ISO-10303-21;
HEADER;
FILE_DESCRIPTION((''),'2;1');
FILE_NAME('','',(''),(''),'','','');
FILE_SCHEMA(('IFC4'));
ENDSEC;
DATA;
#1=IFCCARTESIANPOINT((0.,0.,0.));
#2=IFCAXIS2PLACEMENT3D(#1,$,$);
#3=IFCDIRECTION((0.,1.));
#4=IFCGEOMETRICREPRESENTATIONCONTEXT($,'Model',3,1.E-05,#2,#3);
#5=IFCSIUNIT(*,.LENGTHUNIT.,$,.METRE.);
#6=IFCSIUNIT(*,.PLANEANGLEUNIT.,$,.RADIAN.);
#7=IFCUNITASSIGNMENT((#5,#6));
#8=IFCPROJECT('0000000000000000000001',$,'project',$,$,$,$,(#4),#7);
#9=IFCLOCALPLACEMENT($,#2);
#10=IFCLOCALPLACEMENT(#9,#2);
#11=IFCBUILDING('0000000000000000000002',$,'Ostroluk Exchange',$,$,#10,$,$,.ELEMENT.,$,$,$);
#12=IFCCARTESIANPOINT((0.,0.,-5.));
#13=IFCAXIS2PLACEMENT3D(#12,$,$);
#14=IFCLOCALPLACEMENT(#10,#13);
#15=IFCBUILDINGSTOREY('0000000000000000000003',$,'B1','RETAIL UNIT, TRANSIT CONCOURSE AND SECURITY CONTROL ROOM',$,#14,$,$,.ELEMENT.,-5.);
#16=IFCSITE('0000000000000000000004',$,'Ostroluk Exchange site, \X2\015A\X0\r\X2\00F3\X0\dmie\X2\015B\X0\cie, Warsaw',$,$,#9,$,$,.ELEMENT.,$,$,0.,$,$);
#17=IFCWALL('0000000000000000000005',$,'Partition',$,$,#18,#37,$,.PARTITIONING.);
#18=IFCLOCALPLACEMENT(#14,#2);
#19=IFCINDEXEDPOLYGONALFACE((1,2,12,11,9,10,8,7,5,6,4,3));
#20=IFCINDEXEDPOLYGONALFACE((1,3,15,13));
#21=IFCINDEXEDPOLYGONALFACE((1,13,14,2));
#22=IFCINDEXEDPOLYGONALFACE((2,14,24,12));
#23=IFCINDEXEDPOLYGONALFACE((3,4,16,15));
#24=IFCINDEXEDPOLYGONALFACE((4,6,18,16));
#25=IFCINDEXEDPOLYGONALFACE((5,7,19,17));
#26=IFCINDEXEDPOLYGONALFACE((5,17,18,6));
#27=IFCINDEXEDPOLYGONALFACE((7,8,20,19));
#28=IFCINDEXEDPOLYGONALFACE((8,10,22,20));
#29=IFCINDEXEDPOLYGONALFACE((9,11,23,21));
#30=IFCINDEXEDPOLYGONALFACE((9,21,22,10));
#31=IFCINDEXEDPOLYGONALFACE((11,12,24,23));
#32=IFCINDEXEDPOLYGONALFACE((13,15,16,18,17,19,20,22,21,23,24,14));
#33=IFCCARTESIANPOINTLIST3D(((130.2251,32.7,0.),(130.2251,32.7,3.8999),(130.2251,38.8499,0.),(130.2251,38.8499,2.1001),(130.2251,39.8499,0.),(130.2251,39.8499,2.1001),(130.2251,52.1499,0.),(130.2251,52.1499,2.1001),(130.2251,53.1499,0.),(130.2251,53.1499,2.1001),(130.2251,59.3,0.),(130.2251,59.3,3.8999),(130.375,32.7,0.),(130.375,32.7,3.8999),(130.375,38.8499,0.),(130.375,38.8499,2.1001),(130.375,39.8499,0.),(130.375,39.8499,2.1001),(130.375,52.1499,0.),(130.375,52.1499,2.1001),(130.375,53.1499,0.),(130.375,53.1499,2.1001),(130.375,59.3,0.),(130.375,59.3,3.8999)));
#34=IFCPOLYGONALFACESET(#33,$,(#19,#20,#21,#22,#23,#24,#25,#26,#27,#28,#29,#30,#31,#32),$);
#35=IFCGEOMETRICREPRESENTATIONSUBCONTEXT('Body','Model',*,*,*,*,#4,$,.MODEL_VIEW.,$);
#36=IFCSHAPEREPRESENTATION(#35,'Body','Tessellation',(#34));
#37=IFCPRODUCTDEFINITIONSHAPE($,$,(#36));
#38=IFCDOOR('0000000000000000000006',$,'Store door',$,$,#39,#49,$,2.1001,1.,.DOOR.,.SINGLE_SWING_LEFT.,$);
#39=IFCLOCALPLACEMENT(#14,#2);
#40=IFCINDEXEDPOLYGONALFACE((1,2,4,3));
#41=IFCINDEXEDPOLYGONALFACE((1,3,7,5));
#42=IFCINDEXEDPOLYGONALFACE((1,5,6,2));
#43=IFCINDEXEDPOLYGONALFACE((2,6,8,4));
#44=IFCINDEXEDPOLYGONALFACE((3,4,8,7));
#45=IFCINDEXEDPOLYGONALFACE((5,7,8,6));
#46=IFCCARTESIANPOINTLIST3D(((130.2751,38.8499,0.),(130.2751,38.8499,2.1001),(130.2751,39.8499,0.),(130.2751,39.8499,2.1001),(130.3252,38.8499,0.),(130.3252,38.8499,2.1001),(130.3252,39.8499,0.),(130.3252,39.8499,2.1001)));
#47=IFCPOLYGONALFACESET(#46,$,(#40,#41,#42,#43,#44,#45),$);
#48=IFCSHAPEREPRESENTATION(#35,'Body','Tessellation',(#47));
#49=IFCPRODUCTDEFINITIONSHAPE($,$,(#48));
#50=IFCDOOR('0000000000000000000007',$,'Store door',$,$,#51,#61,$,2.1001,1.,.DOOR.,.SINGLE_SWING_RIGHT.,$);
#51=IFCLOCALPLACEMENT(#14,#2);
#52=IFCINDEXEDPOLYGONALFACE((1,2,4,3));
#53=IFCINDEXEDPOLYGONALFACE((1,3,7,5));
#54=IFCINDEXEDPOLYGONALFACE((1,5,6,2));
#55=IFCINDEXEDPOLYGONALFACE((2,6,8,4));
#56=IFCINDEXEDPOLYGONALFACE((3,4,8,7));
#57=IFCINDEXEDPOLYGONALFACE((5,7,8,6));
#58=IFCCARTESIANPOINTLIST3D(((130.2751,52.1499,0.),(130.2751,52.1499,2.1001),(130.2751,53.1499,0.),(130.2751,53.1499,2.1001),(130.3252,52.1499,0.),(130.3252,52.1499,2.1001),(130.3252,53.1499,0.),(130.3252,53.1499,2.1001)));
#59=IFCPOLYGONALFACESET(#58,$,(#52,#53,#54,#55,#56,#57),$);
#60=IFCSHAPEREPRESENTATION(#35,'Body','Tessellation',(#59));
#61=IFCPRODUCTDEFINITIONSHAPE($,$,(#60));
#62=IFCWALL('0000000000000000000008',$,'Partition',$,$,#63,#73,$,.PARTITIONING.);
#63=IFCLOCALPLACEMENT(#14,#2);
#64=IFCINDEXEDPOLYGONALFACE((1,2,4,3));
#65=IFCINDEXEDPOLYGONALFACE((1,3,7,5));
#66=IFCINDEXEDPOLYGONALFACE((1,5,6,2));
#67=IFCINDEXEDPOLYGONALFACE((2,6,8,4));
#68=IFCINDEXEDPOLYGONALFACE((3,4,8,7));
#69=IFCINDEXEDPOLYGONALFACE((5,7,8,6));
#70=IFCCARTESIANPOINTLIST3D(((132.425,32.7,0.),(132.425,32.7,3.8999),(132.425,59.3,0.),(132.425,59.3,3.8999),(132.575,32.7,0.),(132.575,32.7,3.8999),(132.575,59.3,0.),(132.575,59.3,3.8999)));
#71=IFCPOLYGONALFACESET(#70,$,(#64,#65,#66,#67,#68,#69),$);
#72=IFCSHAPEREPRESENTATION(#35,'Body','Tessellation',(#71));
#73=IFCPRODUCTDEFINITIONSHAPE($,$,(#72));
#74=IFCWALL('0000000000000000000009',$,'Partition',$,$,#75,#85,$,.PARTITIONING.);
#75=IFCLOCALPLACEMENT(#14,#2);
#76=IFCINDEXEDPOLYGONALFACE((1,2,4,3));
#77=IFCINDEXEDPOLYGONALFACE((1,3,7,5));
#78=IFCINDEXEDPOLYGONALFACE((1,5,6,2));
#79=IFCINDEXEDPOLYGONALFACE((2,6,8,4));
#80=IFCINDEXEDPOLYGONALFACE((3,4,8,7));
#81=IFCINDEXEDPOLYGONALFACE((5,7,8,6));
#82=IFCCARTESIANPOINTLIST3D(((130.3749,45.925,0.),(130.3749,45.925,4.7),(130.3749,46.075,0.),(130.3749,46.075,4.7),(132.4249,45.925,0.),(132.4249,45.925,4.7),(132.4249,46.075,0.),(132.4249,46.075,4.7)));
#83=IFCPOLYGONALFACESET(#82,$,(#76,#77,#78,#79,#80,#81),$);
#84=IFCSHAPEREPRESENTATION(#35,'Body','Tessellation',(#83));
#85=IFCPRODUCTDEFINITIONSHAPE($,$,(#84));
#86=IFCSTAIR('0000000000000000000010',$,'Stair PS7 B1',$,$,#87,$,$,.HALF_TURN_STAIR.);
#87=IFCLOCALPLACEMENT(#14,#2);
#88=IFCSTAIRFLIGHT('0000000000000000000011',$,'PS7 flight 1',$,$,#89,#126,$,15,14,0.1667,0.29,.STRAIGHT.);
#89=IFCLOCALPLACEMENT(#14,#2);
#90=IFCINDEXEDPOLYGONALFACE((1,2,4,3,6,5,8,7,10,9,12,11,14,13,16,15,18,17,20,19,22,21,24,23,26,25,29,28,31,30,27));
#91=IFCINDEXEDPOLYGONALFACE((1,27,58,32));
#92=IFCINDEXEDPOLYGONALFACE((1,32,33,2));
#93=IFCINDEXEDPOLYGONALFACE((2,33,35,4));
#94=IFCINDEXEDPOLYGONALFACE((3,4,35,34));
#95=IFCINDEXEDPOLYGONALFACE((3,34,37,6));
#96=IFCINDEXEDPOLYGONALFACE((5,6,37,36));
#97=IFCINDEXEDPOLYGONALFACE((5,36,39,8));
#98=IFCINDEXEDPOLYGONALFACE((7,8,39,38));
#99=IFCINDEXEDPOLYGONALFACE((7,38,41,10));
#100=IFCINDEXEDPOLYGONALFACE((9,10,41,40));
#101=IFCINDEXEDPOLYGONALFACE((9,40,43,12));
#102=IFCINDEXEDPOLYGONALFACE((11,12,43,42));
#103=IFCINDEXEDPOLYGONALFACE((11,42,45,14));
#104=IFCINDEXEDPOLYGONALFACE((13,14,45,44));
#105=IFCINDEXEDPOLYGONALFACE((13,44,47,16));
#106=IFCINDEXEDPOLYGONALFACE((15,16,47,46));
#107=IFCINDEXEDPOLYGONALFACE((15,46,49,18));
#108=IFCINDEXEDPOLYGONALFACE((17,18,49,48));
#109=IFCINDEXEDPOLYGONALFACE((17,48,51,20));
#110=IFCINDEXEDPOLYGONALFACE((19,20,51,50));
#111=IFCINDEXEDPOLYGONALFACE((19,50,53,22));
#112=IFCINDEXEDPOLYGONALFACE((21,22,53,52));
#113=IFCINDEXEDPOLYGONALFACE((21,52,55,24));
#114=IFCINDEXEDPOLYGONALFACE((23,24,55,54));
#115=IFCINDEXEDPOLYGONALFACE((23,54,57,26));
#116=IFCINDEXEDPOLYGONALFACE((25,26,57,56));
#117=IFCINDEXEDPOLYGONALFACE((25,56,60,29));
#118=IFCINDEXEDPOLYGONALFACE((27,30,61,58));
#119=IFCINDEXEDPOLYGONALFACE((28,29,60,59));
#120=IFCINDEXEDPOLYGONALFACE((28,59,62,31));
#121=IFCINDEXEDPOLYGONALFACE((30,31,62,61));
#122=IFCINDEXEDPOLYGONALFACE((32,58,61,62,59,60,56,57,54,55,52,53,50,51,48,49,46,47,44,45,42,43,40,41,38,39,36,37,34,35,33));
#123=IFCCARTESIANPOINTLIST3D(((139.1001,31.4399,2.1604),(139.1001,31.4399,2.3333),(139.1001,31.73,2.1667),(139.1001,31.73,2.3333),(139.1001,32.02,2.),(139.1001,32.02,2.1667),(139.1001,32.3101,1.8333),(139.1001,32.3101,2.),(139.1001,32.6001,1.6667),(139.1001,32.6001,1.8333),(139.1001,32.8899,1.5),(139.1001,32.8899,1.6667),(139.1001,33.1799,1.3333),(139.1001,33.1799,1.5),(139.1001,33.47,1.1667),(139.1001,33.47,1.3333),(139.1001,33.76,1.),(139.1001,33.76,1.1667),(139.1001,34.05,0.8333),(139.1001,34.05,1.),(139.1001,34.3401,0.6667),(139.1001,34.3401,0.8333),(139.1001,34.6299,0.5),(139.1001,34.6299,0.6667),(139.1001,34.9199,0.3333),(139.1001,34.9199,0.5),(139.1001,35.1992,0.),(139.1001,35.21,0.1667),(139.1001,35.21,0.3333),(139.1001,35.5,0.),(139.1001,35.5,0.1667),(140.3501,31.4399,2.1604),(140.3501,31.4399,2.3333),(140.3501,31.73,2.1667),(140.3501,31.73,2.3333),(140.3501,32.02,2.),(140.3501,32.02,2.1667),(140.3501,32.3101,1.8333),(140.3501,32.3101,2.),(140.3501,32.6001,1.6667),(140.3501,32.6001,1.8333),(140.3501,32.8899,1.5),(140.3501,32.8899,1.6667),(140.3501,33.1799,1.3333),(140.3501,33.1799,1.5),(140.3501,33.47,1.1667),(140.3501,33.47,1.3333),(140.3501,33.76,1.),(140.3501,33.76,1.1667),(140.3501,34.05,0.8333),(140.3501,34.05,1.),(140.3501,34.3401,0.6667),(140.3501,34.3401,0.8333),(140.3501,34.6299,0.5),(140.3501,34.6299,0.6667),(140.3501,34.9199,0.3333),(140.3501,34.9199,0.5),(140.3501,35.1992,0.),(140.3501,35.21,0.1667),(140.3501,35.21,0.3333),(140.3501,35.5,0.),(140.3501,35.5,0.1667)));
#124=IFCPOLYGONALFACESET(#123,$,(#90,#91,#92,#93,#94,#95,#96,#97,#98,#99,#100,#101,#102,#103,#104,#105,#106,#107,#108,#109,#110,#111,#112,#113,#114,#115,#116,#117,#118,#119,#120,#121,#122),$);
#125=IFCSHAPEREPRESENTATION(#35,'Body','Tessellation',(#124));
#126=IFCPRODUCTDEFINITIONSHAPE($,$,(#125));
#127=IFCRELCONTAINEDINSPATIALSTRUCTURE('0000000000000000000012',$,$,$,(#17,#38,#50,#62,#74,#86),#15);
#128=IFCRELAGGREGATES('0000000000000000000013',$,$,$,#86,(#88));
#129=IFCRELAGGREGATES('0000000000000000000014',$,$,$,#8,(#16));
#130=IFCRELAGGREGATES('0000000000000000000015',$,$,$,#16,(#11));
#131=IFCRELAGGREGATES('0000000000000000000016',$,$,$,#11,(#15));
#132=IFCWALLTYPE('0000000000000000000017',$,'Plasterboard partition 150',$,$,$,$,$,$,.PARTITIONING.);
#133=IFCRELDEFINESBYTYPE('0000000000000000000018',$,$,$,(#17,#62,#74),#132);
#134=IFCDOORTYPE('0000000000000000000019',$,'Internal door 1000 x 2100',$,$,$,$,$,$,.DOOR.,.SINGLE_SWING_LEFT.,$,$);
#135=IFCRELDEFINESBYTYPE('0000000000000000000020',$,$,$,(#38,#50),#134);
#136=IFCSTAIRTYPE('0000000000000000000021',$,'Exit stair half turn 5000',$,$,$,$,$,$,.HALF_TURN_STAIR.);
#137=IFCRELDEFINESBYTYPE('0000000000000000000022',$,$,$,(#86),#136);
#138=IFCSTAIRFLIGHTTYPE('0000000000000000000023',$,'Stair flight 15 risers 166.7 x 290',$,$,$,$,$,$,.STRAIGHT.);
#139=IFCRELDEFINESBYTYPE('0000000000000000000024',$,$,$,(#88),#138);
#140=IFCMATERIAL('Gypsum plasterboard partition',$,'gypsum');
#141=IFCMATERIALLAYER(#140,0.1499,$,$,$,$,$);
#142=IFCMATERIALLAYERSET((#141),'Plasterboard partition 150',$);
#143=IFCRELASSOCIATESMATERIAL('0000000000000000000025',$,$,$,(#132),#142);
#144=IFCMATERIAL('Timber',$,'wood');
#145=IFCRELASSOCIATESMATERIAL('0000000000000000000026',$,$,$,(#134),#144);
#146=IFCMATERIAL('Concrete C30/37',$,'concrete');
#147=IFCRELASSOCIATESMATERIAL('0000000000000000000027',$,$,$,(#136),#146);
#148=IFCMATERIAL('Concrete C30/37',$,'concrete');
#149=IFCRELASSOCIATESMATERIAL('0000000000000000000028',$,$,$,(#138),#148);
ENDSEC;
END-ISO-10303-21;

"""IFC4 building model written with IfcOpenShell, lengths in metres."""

from ifc_helpers import new_model, si_unit, direction, frame, frame_2d, origin, place, context, subcontext, project, spatial, polyline, rectangle, outline, extrude, material, layer, layer_set, type_object, element, fill, aggregate, save


model = new_model("IFC4")

# Units and contexts
model_context = context("Model", 3, precision=1e-05, world=origin(), true_north=direction((0.0, 1.0)))
body_context = subcontext(model_context, "Body", "Model", "MODEL_VIEW")
ifc_project = project(units=[si_unit("LENGTHUNIT", "METRE"), si_unit("PLANEANGLEUNIT", "RADIAN")], contexts=[model_context])

# Site, building, storey
site_placement = place(None, origin())
site = spatial("IfcSite", under=ifc_project, at=site_placement, Name="Ostroluk Exchange site, Śródmieście, Warsaw", CompositionType="ELEMENT", RefElevation=0.0)
building_placement = place(site_placement, origin())
building = spatial("IfcBuilding", under=site, at=building_placement, Name="Ostroluk Exchange", CompositionType="ELEMENT")
storey_placement = place(building_placement, frame((0.0, 0.0, -5.0)))
storey = spatial("IfcBuildingStorey", under=building, at=storey_placement, Name="B1", Description="RETAIL UNIT, TRANSIT CONCOURSE AND SECURITY CONTROL ROOM", CompositionType="ELEMENT", Elevation=-5.0)

# Wall, openings, doors
ifc_material_1 = material(Name="Gypsum plasterboard partition", Category="gypsum")
ifc_layer_1 = layer(ifc_material_1, 0.1499)
ifc_layer_set_1 = layer_set([ifc_layer_1], Name="Plasterboard partition 150")
wall_type_1 = type_object("IfcWallType", Name="Plasterboard partition 150", PredefinedType="PARTITIONING", material=ifc_layer_set_1)
wall_1_placement = place(storey_placement, frame((130.3, 32.7, 0.0), z_axis=(0.0, 0.0, 1.0), x_axis=(0.0, 1.0, 0.0)))
wall_1 = element("IfcWall", 1, at=wall_1_placement, inside=storey, type_object=wall_type_1, Name="Partition", PredefinedType="PARTITIONING", context=body_context, shape_type="SweptSolid", body=[
    extrude(rectangle(XDim=26.6001, YDim=0.1499, at=frame_2d((13.3, 0.0))), origin(), (0.0, 0.0, 1.0), 3.8999),
])
opening_1_placement = place(wall_1_placement, frame((6.1499, 0.0, 0.0)))
opening_1 = element("IfcOpeningElement", 2, at=opening_1_placement, cuts=wall_1, PredefinedType="OPENING", context=body_context, shape_type="SweptSolid", body=[
    extrude(rectangle(XDim=1.0, YDim=2.1001, at=frame_2d((0.5, 1.05))), frame((0.0, 0.085, 0.0), z_axis=(0.0, -1.0, 0.0), x_axis=(1.0, 0.0, 0.0)), (0.0, 0.0, 1.0), 0.1699),
])
opening_2_placement = place(wall_1_placement, frame((19.45, 0.0, 0.0)))
opening_2 = element("IfcOpeningElement", 3, at=opening_2_placement, cuts=wall_1, PredefinedType="OPENING", context=body_context, shape_type="SweptSolid", body=[
    extrude(rectangle(XDim=1.0, YDim=2.1001, at=frame_2d((0.5, 1.05))), frame((0.0, 0.085, 0.0), z_axis=(0.0, -1.0, 0.0), x_axis=(1.0, 0.0, 0.0)), (0.0, 0.0, 1.0), 0.1699),
])
ifc_material_2 = material(Name="Timber", Category="wood")
door_type_1 = type_object("IfcDoorType", Name="Internal door 1000 x 2100", OperationType="SINGLE_SWING_LEFT", PredefinedType="DOOR", material=ifc_material_2)
door_1_placement = place(opening_1_placement, origin())
door_1 = element("IfcDoor", 4, at=door_1_placement, inside=storey, type_object=door_type_1, Name="Store door", OperationType="SINGLE_SWING_LEFT", OverallHeight=2.1001, OverallWidth=1.0, PredefinedType="DOOR", context=body_context, shape_type="SweptSolid", body=[
    extrude(rectangle(XDim=1.0, YDim=2.1001, at=frame_2d((0.5, 1.05))), frame((0.0, 0.0249, 0.0), z_axis=(0.0, -1.0, 0.0), x_axis=(1.0, 0.0, 0.0)), (0.0, 0.0, 1.0), 0.05),
])
fill(opening_1, door_1)
door_2_placement = place(opening_2_placement, origin())
door_2 = element("IfcDoor", 5, at=door_2_placement, inside=storey, type_object=door_type_1, Name="Store door", OperationType="SINGLE_SWING_RIGHT", OverallHeight=2.1001, OverallWidth=1.0, PredefinedType="DOOR", context=body_context, shape_type="SweptSolid", body=[
    extrude(rectangle(XDim=1.0, YDim=2.1001, at=frame_2d((0.5, 1.05))), frame((0.0, 0.0249, 0.0), z_axis=(0.0, -1.0, 0.0), x_axis=(1.0, 0.0, 0.0)), (0.0, 0.0, 1.0), 0.05),
])
fill(opening_2, door_2)

# Walls
wall_2_placement = place(storey_placement, frame((132.5, 32.7, 0.0), z_axis=(0.0, 0.0, 1.0), x_axis=(0.0, 1.0, 0.0)))
element("IfcWall", 6, at=wall_2_placement, inside=storey, type_object=wall_type_1, Name="Partition", PredefinedType="PARTITIONING", context=body_context, shape_type="SweptSolid", body=[
    extrude(rectangle(XDim=26.6001, YDim=0.1499, at=frame_2d((13.3, 0.0))), origin(), (0.0, 0.0, 1.0), 3.8999),
])
wall_3_placement = place(storey_placement, frame((130.375, 46.0, 0.0), z_axis=(0.0, 0.0, 1.0), x_axis=(1.0, 0.0, 0.0)))
element("IfcWall", 7, at=wall_3_placement, inside=storey, type_object=wall_type_1, Name="Partition", PredefinedType="PARTITIONING", context=body_context, shape_type="SweptSolid", body=[
    extrude(rectangle(XDim=2.05, YDim=0.1499, at=frame_2d((1.0249, 0.0))), origin(), (0.0, 0.0, 1.0), 4.7),
])

# Stair, stair flight
ifc_material_3 = material(Name="Concrete C30/37", Category="concrete")
stair_type = type_object("IfcStairType", Name="Exit stair half turn 5000", PredefinedType="HALF_TURN_STAIR", material=ifc_material_3)
stair_placement = place(storey_placement, origin())
stair = element("IfcStair", 8, at=stair_placement, inside=storey, type_object=stair_type, Name="Stair PS7 B1", PredefinedType="HALF_TURN_STAIR")
ifc_material_4 = material(Name="Concrete C30/37", Category="concrete")
stair_flight_type = type_object("IfcStairFlightType", Name="Stair flight 15 risers 166.7 x 290", PredefinedType="STRAIGHT", material=ifc_material_4)
stair_flight_placement = place(storey_placement, frame((139.7251, 35.5, 0.0), z_axis=(0.0, 0.0, 1.0), x_axis=(0.0, -1.0, 0.0)))
stair_flight = element("IfcStairFlight", 9, at=stair_flight_placement, type_object=stair_flight_type, Name="PS7 flight 1", NumberOfRisers=15, NumberOfTreads=14, PredefinedType="STRAIGHT", RiserHeight=0.1667, TreadLength=0.29, context=body_context, shape_type="SweptSolid", body=[
    extrude(outline(polyline([(0.0, 0.0), (0.0, 0.1667), (0.29, 0.1667), (0.29, 0.3333), (0.5801, 0.3333), (0.5801, 0.5), (0.8701, 0.5), (0.8701, 0.6667), (1.1599, 0.6667), (1.1599, 0.8333), (1.45, 0.8333), (1.45, 1.0), (1.74, 1.0), (1.74, 1.1667), (2.03, 1.1667), (2.03, 1.3333), (2.3201, 1.3333), (2.3201, 1.5), (2.6101, 1.5), (2.6101, 1.6667), (2.8999, 1.6667), (2.8999, 1.8333), (3.1899, 1.8333), (3.1899, 2.0), (3.48, 2.0), (3.48, 2.1667), (3.77, 2.1667), (3.77, 2.3333), (4.0601, 2.3333), (4.0601, 2.5), (4.0601, 2.1604), (0.3008, 0.0), (0.0, 0.0)])), frame((0.0, 0.625, 0.0), z_axis=(0.0, -1.0, 0.0), x_axis=(1.0, 0.0, 0.0)), (0.0, 0.0, 1.0), 1.25),
])
aggregate(stair, [stair_flight])

save(model, "model.ifc")
